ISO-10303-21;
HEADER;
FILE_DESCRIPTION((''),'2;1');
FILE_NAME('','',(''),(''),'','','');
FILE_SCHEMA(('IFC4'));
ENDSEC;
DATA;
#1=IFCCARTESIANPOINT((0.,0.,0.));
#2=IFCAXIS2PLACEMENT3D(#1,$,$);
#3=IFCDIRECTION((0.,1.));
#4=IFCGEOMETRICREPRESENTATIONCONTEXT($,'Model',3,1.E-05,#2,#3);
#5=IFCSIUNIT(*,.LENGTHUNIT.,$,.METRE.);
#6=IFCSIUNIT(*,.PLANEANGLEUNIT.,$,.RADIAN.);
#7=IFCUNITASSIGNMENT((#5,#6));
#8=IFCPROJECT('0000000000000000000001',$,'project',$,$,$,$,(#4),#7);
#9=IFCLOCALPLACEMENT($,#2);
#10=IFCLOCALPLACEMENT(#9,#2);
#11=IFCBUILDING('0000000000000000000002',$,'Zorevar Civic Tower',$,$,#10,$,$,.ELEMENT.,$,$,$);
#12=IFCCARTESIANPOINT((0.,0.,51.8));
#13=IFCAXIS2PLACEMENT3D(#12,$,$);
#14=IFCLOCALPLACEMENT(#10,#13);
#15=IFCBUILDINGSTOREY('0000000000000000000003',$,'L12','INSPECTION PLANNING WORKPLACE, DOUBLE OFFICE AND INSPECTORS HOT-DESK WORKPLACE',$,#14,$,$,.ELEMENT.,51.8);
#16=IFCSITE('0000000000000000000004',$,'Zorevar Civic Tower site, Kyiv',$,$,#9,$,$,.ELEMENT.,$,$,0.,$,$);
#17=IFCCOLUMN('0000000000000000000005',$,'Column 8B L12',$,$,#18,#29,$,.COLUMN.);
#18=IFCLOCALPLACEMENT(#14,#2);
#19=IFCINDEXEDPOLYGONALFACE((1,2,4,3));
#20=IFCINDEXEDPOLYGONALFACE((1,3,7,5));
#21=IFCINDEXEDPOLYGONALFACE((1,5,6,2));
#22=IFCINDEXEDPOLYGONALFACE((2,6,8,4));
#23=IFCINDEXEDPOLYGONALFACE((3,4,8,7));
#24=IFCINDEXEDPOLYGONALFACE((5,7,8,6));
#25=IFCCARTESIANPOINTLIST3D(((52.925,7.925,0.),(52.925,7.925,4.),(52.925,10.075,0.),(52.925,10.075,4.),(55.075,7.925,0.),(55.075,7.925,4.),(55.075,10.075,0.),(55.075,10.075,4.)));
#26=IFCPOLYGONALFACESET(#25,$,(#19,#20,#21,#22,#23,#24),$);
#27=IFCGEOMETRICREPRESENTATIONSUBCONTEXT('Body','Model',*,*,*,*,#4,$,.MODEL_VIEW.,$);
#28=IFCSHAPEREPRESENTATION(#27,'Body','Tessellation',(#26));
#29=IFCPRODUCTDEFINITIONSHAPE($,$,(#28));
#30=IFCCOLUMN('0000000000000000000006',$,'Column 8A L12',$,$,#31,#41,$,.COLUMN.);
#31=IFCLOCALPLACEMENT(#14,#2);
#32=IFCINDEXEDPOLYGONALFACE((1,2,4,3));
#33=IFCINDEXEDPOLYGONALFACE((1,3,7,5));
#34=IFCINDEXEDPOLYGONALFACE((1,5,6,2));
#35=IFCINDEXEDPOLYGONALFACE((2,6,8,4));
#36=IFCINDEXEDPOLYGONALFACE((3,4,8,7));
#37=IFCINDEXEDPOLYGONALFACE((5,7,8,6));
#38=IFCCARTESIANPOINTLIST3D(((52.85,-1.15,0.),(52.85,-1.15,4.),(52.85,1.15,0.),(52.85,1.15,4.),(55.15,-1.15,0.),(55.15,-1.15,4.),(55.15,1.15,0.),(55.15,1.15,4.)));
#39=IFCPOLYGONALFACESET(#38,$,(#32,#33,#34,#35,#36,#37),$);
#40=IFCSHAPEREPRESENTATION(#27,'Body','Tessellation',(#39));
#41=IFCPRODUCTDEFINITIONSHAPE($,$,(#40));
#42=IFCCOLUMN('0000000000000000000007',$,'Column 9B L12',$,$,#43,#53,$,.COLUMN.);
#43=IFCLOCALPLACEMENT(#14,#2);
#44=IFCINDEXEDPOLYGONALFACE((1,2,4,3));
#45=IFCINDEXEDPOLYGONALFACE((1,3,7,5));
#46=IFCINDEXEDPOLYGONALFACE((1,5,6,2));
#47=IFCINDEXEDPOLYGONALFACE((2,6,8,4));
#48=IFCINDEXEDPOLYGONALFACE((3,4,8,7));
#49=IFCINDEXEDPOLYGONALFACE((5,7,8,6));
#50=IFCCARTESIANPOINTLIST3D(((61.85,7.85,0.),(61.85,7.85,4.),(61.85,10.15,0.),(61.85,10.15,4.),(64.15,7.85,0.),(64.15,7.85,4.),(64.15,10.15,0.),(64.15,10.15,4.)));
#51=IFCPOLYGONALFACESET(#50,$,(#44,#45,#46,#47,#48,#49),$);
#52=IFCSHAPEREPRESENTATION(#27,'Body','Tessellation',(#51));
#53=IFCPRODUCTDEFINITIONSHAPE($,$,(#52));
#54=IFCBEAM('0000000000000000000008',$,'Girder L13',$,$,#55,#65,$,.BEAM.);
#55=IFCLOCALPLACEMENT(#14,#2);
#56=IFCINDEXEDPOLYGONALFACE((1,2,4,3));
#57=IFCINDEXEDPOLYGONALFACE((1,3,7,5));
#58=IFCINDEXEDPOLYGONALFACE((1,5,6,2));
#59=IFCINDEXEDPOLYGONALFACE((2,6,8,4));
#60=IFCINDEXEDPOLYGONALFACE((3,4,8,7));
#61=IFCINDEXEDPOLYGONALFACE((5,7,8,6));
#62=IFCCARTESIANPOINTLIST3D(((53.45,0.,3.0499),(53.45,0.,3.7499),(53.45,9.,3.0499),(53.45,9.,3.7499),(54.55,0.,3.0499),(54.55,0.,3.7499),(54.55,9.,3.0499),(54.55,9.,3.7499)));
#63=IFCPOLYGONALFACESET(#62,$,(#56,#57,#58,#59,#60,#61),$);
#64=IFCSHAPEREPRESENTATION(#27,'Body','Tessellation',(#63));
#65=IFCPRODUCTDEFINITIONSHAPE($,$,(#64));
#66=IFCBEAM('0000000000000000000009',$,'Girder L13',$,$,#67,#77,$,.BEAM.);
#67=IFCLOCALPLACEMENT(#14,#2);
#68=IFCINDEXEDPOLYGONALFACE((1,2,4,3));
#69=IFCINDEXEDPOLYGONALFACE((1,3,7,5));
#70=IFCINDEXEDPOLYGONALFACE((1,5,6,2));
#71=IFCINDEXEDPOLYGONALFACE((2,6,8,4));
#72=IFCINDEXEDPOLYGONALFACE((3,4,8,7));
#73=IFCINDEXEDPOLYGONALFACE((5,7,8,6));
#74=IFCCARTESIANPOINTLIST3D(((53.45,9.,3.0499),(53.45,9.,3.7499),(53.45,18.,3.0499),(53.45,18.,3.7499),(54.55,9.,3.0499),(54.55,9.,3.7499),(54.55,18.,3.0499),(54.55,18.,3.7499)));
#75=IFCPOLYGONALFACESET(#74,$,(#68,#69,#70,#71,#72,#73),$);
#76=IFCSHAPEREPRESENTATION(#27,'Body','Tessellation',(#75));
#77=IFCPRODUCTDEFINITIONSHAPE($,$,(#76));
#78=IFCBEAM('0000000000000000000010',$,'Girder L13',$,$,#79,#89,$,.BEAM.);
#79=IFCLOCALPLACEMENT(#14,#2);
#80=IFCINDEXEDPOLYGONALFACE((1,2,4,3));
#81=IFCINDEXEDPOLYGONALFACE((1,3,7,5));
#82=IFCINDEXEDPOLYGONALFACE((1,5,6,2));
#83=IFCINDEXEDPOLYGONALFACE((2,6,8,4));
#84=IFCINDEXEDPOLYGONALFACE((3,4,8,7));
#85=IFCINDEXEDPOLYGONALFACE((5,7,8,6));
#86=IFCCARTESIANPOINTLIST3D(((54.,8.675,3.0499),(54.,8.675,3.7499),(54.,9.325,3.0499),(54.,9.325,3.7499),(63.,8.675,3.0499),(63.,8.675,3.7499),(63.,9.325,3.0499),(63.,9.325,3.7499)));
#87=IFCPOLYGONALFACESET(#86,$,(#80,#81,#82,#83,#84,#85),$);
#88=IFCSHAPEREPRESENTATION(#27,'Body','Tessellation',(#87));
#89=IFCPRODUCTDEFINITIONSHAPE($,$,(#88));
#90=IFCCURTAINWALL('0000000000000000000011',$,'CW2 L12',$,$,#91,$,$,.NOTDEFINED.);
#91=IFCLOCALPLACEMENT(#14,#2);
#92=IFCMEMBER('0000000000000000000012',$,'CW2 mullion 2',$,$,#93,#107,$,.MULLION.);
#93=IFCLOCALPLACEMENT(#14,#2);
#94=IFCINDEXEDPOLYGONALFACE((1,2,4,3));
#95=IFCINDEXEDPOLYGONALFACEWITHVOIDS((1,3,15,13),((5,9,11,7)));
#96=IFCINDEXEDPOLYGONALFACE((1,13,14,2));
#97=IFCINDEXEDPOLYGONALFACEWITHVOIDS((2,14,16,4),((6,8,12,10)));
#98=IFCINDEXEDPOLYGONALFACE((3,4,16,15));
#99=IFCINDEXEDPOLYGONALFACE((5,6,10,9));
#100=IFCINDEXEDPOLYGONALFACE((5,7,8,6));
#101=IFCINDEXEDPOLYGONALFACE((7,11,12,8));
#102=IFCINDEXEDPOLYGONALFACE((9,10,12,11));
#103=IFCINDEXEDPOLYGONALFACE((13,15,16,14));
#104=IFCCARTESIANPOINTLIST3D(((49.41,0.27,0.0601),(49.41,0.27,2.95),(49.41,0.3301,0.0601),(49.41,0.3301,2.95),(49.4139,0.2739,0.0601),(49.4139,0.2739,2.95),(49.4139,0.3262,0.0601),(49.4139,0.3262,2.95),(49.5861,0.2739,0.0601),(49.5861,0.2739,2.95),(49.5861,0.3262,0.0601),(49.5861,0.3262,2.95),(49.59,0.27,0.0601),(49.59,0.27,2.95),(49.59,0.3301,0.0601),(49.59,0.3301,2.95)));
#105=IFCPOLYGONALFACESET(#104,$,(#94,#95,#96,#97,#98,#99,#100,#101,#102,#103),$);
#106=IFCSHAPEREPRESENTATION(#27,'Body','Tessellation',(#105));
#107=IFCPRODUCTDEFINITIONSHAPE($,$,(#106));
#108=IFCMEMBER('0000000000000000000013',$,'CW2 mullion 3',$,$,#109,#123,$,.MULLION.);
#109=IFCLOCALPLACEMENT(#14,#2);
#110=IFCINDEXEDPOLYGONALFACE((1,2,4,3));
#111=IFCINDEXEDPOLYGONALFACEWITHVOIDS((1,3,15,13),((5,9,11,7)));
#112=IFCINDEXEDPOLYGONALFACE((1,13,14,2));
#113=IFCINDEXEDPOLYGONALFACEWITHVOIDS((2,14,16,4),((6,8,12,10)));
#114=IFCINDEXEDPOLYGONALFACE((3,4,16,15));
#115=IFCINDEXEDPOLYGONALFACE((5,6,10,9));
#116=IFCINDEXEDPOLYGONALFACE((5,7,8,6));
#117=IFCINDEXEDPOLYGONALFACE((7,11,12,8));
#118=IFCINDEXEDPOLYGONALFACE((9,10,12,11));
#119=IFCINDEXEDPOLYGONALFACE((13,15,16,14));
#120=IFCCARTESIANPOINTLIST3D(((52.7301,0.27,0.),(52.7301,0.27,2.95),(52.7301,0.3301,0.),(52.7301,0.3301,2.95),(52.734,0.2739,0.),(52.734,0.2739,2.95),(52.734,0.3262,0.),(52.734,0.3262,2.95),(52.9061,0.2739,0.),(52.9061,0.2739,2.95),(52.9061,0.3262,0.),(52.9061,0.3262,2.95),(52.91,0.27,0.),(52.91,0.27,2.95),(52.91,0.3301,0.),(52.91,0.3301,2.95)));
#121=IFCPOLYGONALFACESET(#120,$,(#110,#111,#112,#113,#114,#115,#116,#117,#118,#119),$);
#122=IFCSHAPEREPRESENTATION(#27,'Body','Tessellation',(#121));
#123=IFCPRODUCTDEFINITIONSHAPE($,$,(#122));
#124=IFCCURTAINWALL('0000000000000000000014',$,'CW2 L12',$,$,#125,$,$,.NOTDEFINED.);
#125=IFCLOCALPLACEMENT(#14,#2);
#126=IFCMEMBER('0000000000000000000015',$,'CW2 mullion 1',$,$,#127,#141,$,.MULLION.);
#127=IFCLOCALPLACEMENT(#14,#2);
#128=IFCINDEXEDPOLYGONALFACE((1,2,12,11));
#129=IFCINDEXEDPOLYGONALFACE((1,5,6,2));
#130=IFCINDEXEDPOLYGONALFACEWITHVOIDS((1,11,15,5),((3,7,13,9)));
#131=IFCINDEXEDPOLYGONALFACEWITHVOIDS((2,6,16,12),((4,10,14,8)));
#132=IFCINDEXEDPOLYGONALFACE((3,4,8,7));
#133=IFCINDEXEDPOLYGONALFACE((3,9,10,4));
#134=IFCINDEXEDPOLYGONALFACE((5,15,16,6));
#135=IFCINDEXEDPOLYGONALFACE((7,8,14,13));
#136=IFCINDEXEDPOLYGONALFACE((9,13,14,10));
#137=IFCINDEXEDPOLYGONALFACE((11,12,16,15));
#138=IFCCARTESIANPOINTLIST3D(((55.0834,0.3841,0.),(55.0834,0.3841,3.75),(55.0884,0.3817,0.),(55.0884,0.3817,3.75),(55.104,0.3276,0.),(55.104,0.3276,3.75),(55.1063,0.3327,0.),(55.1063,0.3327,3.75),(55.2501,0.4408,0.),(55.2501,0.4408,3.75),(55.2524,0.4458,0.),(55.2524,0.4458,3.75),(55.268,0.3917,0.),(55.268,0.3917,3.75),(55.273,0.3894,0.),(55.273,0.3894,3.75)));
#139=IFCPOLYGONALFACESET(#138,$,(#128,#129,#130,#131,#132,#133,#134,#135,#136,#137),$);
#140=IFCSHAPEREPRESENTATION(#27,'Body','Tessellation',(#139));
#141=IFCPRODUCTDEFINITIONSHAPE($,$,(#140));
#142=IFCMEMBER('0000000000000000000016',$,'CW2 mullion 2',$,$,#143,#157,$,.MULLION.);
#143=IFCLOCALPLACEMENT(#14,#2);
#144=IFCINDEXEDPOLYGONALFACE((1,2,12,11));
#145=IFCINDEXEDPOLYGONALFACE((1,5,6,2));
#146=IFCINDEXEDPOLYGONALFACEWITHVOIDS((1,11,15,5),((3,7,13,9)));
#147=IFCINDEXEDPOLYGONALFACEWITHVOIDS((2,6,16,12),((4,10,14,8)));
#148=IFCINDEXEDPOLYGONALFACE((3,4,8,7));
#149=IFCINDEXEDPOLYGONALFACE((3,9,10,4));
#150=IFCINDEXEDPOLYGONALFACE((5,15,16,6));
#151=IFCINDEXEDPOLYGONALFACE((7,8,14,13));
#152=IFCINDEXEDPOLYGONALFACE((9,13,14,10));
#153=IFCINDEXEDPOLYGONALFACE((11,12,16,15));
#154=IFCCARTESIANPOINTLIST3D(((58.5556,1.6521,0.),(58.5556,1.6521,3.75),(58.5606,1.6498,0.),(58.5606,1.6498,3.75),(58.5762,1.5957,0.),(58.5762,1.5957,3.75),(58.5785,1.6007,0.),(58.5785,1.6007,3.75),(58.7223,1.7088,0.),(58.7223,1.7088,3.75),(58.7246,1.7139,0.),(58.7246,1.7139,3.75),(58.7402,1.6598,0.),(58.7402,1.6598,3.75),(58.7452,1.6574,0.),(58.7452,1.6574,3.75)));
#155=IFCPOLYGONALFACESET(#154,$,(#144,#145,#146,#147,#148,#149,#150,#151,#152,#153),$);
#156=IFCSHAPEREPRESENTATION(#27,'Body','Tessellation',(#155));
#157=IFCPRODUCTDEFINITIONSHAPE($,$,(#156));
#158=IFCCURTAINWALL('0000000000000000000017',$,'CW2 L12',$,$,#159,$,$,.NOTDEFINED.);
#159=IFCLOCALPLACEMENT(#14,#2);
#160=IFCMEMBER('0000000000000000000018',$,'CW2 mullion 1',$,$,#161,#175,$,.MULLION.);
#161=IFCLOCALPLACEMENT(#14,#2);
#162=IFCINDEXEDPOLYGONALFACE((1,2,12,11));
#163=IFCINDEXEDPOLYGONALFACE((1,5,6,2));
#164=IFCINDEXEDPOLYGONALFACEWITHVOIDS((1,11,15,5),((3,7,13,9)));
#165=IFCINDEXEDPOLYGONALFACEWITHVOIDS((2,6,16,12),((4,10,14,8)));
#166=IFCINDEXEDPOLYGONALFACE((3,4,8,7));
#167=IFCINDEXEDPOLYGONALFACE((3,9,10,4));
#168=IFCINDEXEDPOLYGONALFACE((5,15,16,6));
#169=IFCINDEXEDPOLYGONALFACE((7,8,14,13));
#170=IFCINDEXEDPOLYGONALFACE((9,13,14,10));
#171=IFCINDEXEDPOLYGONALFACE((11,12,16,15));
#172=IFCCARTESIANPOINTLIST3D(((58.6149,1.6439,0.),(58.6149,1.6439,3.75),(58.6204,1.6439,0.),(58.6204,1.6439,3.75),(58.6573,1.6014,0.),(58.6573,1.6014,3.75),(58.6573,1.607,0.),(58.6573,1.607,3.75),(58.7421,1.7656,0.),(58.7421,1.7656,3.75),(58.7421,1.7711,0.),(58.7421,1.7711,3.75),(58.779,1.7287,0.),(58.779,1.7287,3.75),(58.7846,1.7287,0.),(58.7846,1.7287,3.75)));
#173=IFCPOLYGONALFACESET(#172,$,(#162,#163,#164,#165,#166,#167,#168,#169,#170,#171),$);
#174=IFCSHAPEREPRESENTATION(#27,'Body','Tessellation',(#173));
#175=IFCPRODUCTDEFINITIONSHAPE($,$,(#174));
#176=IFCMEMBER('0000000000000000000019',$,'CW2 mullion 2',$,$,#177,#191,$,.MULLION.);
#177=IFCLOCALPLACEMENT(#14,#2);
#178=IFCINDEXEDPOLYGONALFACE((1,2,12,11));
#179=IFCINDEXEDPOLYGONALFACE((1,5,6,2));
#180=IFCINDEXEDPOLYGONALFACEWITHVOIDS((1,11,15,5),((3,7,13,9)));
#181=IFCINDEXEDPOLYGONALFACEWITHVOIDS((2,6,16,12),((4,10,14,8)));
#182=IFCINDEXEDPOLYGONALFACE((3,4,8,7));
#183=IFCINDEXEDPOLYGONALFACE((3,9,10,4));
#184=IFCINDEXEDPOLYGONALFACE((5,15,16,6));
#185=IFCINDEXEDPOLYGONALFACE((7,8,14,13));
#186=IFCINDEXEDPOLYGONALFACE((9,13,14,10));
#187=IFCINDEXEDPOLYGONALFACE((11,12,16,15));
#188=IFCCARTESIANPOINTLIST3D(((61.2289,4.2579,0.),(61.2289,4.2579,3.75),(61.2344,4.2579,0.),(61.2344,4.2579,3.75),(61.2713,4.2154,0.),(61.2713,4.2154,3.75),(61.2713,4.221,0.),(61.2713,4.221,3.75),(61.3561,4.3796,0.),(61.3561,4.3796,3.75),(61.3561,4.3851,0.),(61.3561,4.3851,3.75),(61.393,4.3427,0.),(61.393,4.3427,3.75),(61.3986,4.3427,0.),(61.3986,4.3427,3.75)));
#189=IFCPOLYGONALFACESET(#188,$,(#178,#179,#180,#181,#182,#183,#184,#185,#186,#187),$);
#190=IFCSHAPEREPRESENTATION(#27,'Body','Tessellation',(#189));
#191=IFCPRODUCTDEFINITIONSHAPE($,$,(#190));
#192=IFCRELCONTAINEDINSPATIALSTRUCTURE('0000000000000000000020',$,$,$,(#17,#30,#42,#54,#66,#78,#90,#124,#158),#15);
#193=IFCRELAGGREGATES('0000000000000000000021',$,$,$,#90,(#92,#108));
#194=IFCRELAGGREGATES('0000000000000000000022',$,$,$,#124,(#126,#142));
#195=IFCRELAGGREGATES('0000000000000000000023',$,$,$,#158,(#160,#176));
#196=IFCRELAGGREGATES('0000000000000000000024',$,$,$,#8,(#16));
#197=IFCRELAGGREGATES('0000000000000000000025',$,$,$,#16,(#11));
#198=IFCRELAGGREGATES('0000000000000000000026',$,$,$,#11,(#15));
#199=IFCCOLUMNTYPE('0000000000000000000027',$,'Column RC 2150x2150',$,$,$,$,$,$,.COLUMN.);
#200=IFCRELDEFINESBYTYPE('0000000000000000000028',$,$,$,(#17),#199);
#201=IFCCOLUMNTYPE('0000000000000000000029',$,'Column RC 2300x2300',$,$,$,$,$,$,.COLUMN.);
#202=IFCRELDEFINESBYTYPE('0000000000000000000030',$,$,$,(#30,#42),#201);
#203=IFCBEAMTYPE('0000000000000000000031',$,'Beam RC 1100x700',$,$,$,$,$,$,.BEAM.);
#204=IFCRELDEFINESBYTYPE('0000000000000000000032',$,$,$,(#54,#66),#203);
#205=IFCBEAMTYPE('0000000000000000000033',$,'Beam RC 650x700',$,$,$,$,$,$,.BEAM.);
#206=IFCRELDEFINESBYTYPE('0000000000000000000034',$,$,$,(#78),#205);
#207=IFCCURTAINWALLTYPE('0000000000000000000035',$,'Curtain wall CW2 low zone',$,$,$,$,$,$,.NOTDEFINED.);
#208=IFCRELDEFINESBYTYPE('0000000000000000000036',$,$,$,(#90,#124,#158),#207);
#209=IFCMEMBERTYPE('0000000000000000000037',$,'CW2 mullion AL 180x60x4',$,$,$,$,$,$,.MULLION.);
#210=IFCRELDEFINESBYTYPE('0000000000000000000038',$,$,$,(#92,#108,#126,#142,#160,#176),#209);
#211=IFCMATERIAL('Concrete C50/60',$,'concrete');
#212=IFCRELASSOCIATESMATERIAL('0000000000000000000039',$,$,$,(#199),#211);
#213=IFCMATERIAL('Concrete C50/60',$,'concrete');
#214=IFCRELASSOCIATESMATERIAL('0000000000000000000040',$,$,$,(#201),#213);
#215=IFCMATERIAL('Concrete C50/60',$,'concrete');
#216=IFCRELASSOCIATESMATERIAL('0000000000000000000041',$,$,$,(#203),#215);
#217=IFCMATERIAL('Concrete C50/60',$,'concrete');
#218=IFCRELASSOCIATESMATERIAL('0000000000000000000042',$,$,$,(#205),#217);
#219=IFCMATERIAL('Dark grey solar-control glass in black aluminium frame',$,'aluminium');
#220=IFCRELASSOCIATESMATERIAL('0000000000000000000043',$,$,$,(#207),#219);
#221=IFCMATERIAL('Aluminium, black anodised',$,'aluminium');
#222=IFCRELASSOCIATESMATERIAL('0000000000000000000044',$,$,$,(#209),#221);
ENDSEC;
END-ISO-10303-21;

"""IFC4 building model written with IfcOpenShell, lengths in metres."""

from ifc_helpers import new_model, si_unit, direction, frame, origin, origin_2d, place, context, subcontext, project, spatial, rectangle, hollow_rectangle, extrude, material, material_profile, profile_set, type_object, element, aggregate, save


model = new_model("IFC4")

# Units and contexts
model_context = context("Model", 3, precision=1e-05, world=origin(), true_north=direction((0.0, 1.0)))
body_context = subcontext(model_context, "Body", "Model", "MODEL_VIEW")
ifc_project = project(units=[si_unit("LENGTHUNIT", "METRE"), si_unit("PLANEANGLEUNIT", "RADIAN")], contexts=[model_context])

# Site, building, storey
site_placement = place(None, origin())
site = spatial("IfcSite", under=ifc_project, at=site_placement, Name="Zorevar Civic Tower site, Kyiv", CompositionType="ELEMENT", RefElevation=0.0)
building_placement = place(site_placement, origin())
building = spatial("IfcBuilding", under=site, at=building_placement, Name="Zorevar Civic Tower", CompositionType="ELEMENT")
storey_placement = place(building_placement, frame((0.0, 0.0, 51.8)))
storey = spatial("IfcBuildingStorey", under=building, at=storey_placement, Name="L12", Description="INSPECTION PLANNING WORKPLACE, DOUBLE OFFICE AND INSPECTORS HOT-DESK WORKPLACE", CompositionType="ELEMENT", Elevation=51.8)

# Columns
ifc_material_1 = material(Name="Concrete C50/60", Category="concrete")
ifc_material_profile_1 = material_profile(ifc_material_1, rectangle(XDim=2.1499, YDim=2.1499, at=origin_2d()), Name="RC 2150x2150")
ifc_profile_set_1 = profile_set([ifc_material_profile_1], Name="Concrete C50/60")
column_type_1 = type_object("IfcColumnType", Name="Column RC 2150x2150", PredefinedType="COLUMN", material=ifc_profile_set_1)
column_placement = place(storey_placement, frame((54.0, 9.0, 0.0), z_axis=(0.0, 0.0, 1.0), x_axis=(1.0, 0.0, 0.0)))
element("IfcColumn", 1, at=column_placement, inside=storey, type_object=column_type_1, Name="Column 8B L12", PredefinedType="COLUMN", context=body_context, shape_type="SweptSolid", body=[
    extrude(rectangle(XDim=2.1499, YDim=2.1499, at=origin_2d()), origin(), (0.0, 0.0, 1.0), 4.0),
])
ifc_material_2 = material(Name="Concrete C50/60", Category="concrete")
ifc_material_profile_2 = material_profile(ifc_material_2, rectangle(XDim=2.3, YDim=2.3, at=origin_2d()), Name="RC 2300x2300")
ifc_profile_set_2 = profile_set([ifc_material_profile_2], Name="Concrete C50/60")
column_type_2 = type_object("IfcColumnType", Name="Column RC 2300x2300", PredefinedType="COLUMN", material=ifc_profile_set_2)
for number, where, z_axis, x_axis, name in (
    (2, (54.0, 0.0, 0.0), (0.0, 0.0, 1.0), (1.0, 0.0, 0.0), "Column 8A L12"),
    (3, (63.0, 9.0, 0.0), (0.0, 0.0, 1.0), (1.0, 0.0, 0.0), "Column 9B L12"),
):
    element("IfcColumn", number, at=place(storey_placement, frame(where, z_axis=z_axis, x_axis=x_axis)), inside=storey, type_object=column_type_2, Name=name, PredefinedType="COLUMN", context=body_context, shape_type="SweptSolid", body=[
        extrude(rectangle(XDim=2.3, YDim=2.3, at=origin_2d()), origin(), (0.0, 0.0, 1.0), 4.0),
    ])

# Beams
ifc_material_3 = material(Name="Concrete C50/60", Category="concrete")
ifc_material_profile_3 = material_profile(ifc_material_3, rectangle(XDim=1.1001, YDim=0.7, at=origin_2d()), Name="RC 1100x700")
ifc_profile_set_3 = profile_set([ifc_material_profile_3], Name="Concrete C50/60")
beam_type_1 = type_object("IfcBeamType", Name="Beam RC 1100x700", PredefinedType="BEAM", material=ifc_profile_set_3)
for number, where, z_axis, x_axis, name in (
    (4, (54.0, 0.0, 3.3999), (0.0, 1.0, 0.0), (-1.0, 0.0, 0.0), "Girder L13"),
    (5, (54.0, 9.0, 3.3999), (0.0, 1.0, 0.0), (-1.0, 0.0, 0.0), "Girder L13"),
):
    element("IfcBeam", number, at=place(storey_placement, frame(where, z_axis=z_axis, x_axis=x_axis)), inside=storey, type_object=beam_type_1, Name=name, PredefinedType="BEAM", context=body_context, shape_type="SweptSolid", body=[
        extrude(rectangle(XDim=1.1001, YDim=0.7, at=origin_2d()), origin(), (0.0, 0.0, 1.0), 9.0),
    ])
ifc_material_4 = material(Name="Concrete C50/60", Category="concrete")
ifc_material_profile_4 = material_profile(ifc_material_4, rectangle(XDim=0.6499, YDim=0.7, at=origin_2d()), Name="RC 650x700")
ifc_profile_set_4 = profile_set([ifc_material_profile_4], Name="Concrete C50/60")
beam_type_2 = type_object("IfcBeamType", Name="Beam RC 650x700", PredefinedType="BEAM", material=ifc_profile_set_4)
beam_1_placement = place(storey_placement, frame((54.0, 9.0, 3.3999), z_axis=(1.0, 0.0, 0.0), x_axis=(0.0, 1.0, 0.0)))
element("IfcBeam", 6, at=beam_1_placement, inside=storey, type_object=beam_type_2, Name="Girder L13", PredefinedType="BEAM", context=body_context, shape_type="SweptSolid", body=[
    extrude(rectangle(XDim=0.6499, YDim=0.7, at=origin_2d()), origin(), (0.0, 0.0, 1.0), 9.0),
])

# Curtain walls, members
ifc_material_5 = material(Name="Dark grey solar-control glass in black aluminium frame", Category="aluminium")
curtain_wall_type = type_object("IfcCurtainWallType", Name="Curtain wall CW2 low zone", PredefinedType="NOTDEFINED", material=ifc_material_5)
curtain_wall_1_placement = place(storey_placement, origin())
curtain_wall_1 = element("IfcCurtainWall", 7, at=curtain_wall_1_placement, inside=storey, type_object=curtain_wall_type, Name="CW2 L12", PredefinedType="NOTDEFINED")
ifc_material_6 = material(Name="Aluminium, black anodised", Category="aluminium")
ifc_material_profile_5 = material_profile(ifc_material_6, hollow_rectangle(XDim=0.0601, YDim=0.1799, WallThickness=0.0039, at=origin_2d()), Name="AL 180x60x4")
ifc_profile_set_5 = profile_set([ifc_material_profile_5], Name="Aluminium, black anodised")
member_type_1 = type_object("IfcMemberType", Name="CW2 mullion AL 180x60x4", PredefinedType="MULLION", material=ifc_profile_set_5)
member_1_placement = place(storey_placement, frame((49.5, 0.3, 0.0601), z_axis=(0.0, 0.0, 1.0), x_axis=(0.0, 1.0, 0.0)))
member_1 = element("IfcMember", 8, at=member_1_placement, type_object=member_type_1, Name="CW2 mullion 2", PredefinedType="MULLION", context=body_context, shape_type="SweptSolid", body=[
    extrude(hollow_rectangle(XDim=0.0601, YDim=0.1799, WallThickness=0.0039, at=origin_2d()), origin(), (0.0, 0.0, 1.0), 2.8899),
])
member_2_placement = place(storey_placement, frame((52.8201, 0.3, 0.0), z_axis=(0.0, 0.0, 1.0), x_axis=(0.0, 1.0, 0.0)))
member_2 = element("IfcMember", 9, at=member_2_placement, type_object=member_type_1, Name="CW2 mullion 3", PredefinedType="MULLION", context=body_context, shape_type="SweptSolid", body=[
    extrude(hollow_rectangle(XDim=0.0601, YDim=0.1799, WallThickness=0.0039, at=origin_2d()), origin(), (0.0, 0.0, 1.0), 2.95),
])
curtain_wall_2_placement = place(storey_placement, origin())
curtain_wall_2 = element("IfcCurtainWall", 10, at=curtain_wall_2_placement, inside=storey, type_object=curtain_wall_type, Name="CW2 L12", PredefinedType="NOTDEFINED")
member_3_placement = place(storey_placement, frame((55.1782, 0.3867, 0.0), z_axis=(0.0, 0.0, 1.0), x_axis=(-0.34306, 0.939313, 0.0)))
member_3 = element("IfcMember", 11, at=member_3_placement, type_object=member_type_1, Name="CW2 mullion 1", PredefinedType="MULLION", context=body_context, shape_type="SweptSolid", body=[
    extrude(hollow_rectangle(XDim=0.0601, YDim=0.1799, WallThickness=0.0039, at=origin_2d()), origin(), (0.0, 0.0, 1.0), 3.75),
])
member_4_placement = place(storey_placement, frame((58.6504, 1.6548, 0.0), z_axis=(0.0, 0.0, 1.0), x_axis=(-0.34306, 0.939313, 0.0)))
member_4 = element("IfcMember", 12, at=member_4_placement, type_object=member_type_1, Name="CW2 mullion 2", PredefinedType="MULLION", context=body_context, shape_type="SweptSolid", body=[
    extrude(hollow_rectangle(XDim=0.0601, YDim=0.1799, WallThickness=0.0039, at=origin_2d()), origin(), (0.0, 0.0, 1.0), 3.75),
])
curtain_wall_3_placement = place(storey_placement, origin())
curtain_wall_3 = element("IfcCurtainWall", 13, at=curtain_wall_3_placement, inside=storey, type_object=curtain_wall_type, Name="CW2 L12", PredefinedType="NOTDEFINED")
member_5_placement = place(storey_placement, frame((58.6997, 1.6863, 0.0), z_axis=(0.0, 0.0, 1.0), x_axis=(-0.707107, 0.707107, 0.0)))
member_5 = element("IfcMember", 14, at=member_5_placement, type_object=member_type_1, Name="CW2 mullion 1", PredefinedType="MULLION", context=body_context, shape_type="SweptSolid", body=[
    extrude(hollow_rectangle(XDim=0.0601, YDim=0.1799, WallThickness=0.0039, at=origin_2d()), origin(), (0.0, 0.0, 1.0), 3.75),
])
member_6_placement = place(storey_placement, frame((61.3137, 4.3003, 0.0), z_axis=(0.0, 0.0, 1.0), x_axis=(-0.707107, 0.707107, 0.0)))
member_6 = element("IfcMember", 15, at=member_6_placement, type_object=member_type_1, Name="CW2 mullion 2", PredefinedType="MULLION", context=body_context, shape_type="SweptSolid", body=[
    extrude(hollow_rectangle(XDim=0.0601, YDim=0.1799, WallThickness=0.0039, at=origin_2d()), origin(), (0.0, 0.0, 1.0), 3.75),
])

aggregate(curtain_wall_1, [member_1, member_2])
aggregate(curtain_wall_2, [member_3, member_4])
aggregate(curtain_wall_3, [member_5, member_6])

save(model, "model.ifc")
